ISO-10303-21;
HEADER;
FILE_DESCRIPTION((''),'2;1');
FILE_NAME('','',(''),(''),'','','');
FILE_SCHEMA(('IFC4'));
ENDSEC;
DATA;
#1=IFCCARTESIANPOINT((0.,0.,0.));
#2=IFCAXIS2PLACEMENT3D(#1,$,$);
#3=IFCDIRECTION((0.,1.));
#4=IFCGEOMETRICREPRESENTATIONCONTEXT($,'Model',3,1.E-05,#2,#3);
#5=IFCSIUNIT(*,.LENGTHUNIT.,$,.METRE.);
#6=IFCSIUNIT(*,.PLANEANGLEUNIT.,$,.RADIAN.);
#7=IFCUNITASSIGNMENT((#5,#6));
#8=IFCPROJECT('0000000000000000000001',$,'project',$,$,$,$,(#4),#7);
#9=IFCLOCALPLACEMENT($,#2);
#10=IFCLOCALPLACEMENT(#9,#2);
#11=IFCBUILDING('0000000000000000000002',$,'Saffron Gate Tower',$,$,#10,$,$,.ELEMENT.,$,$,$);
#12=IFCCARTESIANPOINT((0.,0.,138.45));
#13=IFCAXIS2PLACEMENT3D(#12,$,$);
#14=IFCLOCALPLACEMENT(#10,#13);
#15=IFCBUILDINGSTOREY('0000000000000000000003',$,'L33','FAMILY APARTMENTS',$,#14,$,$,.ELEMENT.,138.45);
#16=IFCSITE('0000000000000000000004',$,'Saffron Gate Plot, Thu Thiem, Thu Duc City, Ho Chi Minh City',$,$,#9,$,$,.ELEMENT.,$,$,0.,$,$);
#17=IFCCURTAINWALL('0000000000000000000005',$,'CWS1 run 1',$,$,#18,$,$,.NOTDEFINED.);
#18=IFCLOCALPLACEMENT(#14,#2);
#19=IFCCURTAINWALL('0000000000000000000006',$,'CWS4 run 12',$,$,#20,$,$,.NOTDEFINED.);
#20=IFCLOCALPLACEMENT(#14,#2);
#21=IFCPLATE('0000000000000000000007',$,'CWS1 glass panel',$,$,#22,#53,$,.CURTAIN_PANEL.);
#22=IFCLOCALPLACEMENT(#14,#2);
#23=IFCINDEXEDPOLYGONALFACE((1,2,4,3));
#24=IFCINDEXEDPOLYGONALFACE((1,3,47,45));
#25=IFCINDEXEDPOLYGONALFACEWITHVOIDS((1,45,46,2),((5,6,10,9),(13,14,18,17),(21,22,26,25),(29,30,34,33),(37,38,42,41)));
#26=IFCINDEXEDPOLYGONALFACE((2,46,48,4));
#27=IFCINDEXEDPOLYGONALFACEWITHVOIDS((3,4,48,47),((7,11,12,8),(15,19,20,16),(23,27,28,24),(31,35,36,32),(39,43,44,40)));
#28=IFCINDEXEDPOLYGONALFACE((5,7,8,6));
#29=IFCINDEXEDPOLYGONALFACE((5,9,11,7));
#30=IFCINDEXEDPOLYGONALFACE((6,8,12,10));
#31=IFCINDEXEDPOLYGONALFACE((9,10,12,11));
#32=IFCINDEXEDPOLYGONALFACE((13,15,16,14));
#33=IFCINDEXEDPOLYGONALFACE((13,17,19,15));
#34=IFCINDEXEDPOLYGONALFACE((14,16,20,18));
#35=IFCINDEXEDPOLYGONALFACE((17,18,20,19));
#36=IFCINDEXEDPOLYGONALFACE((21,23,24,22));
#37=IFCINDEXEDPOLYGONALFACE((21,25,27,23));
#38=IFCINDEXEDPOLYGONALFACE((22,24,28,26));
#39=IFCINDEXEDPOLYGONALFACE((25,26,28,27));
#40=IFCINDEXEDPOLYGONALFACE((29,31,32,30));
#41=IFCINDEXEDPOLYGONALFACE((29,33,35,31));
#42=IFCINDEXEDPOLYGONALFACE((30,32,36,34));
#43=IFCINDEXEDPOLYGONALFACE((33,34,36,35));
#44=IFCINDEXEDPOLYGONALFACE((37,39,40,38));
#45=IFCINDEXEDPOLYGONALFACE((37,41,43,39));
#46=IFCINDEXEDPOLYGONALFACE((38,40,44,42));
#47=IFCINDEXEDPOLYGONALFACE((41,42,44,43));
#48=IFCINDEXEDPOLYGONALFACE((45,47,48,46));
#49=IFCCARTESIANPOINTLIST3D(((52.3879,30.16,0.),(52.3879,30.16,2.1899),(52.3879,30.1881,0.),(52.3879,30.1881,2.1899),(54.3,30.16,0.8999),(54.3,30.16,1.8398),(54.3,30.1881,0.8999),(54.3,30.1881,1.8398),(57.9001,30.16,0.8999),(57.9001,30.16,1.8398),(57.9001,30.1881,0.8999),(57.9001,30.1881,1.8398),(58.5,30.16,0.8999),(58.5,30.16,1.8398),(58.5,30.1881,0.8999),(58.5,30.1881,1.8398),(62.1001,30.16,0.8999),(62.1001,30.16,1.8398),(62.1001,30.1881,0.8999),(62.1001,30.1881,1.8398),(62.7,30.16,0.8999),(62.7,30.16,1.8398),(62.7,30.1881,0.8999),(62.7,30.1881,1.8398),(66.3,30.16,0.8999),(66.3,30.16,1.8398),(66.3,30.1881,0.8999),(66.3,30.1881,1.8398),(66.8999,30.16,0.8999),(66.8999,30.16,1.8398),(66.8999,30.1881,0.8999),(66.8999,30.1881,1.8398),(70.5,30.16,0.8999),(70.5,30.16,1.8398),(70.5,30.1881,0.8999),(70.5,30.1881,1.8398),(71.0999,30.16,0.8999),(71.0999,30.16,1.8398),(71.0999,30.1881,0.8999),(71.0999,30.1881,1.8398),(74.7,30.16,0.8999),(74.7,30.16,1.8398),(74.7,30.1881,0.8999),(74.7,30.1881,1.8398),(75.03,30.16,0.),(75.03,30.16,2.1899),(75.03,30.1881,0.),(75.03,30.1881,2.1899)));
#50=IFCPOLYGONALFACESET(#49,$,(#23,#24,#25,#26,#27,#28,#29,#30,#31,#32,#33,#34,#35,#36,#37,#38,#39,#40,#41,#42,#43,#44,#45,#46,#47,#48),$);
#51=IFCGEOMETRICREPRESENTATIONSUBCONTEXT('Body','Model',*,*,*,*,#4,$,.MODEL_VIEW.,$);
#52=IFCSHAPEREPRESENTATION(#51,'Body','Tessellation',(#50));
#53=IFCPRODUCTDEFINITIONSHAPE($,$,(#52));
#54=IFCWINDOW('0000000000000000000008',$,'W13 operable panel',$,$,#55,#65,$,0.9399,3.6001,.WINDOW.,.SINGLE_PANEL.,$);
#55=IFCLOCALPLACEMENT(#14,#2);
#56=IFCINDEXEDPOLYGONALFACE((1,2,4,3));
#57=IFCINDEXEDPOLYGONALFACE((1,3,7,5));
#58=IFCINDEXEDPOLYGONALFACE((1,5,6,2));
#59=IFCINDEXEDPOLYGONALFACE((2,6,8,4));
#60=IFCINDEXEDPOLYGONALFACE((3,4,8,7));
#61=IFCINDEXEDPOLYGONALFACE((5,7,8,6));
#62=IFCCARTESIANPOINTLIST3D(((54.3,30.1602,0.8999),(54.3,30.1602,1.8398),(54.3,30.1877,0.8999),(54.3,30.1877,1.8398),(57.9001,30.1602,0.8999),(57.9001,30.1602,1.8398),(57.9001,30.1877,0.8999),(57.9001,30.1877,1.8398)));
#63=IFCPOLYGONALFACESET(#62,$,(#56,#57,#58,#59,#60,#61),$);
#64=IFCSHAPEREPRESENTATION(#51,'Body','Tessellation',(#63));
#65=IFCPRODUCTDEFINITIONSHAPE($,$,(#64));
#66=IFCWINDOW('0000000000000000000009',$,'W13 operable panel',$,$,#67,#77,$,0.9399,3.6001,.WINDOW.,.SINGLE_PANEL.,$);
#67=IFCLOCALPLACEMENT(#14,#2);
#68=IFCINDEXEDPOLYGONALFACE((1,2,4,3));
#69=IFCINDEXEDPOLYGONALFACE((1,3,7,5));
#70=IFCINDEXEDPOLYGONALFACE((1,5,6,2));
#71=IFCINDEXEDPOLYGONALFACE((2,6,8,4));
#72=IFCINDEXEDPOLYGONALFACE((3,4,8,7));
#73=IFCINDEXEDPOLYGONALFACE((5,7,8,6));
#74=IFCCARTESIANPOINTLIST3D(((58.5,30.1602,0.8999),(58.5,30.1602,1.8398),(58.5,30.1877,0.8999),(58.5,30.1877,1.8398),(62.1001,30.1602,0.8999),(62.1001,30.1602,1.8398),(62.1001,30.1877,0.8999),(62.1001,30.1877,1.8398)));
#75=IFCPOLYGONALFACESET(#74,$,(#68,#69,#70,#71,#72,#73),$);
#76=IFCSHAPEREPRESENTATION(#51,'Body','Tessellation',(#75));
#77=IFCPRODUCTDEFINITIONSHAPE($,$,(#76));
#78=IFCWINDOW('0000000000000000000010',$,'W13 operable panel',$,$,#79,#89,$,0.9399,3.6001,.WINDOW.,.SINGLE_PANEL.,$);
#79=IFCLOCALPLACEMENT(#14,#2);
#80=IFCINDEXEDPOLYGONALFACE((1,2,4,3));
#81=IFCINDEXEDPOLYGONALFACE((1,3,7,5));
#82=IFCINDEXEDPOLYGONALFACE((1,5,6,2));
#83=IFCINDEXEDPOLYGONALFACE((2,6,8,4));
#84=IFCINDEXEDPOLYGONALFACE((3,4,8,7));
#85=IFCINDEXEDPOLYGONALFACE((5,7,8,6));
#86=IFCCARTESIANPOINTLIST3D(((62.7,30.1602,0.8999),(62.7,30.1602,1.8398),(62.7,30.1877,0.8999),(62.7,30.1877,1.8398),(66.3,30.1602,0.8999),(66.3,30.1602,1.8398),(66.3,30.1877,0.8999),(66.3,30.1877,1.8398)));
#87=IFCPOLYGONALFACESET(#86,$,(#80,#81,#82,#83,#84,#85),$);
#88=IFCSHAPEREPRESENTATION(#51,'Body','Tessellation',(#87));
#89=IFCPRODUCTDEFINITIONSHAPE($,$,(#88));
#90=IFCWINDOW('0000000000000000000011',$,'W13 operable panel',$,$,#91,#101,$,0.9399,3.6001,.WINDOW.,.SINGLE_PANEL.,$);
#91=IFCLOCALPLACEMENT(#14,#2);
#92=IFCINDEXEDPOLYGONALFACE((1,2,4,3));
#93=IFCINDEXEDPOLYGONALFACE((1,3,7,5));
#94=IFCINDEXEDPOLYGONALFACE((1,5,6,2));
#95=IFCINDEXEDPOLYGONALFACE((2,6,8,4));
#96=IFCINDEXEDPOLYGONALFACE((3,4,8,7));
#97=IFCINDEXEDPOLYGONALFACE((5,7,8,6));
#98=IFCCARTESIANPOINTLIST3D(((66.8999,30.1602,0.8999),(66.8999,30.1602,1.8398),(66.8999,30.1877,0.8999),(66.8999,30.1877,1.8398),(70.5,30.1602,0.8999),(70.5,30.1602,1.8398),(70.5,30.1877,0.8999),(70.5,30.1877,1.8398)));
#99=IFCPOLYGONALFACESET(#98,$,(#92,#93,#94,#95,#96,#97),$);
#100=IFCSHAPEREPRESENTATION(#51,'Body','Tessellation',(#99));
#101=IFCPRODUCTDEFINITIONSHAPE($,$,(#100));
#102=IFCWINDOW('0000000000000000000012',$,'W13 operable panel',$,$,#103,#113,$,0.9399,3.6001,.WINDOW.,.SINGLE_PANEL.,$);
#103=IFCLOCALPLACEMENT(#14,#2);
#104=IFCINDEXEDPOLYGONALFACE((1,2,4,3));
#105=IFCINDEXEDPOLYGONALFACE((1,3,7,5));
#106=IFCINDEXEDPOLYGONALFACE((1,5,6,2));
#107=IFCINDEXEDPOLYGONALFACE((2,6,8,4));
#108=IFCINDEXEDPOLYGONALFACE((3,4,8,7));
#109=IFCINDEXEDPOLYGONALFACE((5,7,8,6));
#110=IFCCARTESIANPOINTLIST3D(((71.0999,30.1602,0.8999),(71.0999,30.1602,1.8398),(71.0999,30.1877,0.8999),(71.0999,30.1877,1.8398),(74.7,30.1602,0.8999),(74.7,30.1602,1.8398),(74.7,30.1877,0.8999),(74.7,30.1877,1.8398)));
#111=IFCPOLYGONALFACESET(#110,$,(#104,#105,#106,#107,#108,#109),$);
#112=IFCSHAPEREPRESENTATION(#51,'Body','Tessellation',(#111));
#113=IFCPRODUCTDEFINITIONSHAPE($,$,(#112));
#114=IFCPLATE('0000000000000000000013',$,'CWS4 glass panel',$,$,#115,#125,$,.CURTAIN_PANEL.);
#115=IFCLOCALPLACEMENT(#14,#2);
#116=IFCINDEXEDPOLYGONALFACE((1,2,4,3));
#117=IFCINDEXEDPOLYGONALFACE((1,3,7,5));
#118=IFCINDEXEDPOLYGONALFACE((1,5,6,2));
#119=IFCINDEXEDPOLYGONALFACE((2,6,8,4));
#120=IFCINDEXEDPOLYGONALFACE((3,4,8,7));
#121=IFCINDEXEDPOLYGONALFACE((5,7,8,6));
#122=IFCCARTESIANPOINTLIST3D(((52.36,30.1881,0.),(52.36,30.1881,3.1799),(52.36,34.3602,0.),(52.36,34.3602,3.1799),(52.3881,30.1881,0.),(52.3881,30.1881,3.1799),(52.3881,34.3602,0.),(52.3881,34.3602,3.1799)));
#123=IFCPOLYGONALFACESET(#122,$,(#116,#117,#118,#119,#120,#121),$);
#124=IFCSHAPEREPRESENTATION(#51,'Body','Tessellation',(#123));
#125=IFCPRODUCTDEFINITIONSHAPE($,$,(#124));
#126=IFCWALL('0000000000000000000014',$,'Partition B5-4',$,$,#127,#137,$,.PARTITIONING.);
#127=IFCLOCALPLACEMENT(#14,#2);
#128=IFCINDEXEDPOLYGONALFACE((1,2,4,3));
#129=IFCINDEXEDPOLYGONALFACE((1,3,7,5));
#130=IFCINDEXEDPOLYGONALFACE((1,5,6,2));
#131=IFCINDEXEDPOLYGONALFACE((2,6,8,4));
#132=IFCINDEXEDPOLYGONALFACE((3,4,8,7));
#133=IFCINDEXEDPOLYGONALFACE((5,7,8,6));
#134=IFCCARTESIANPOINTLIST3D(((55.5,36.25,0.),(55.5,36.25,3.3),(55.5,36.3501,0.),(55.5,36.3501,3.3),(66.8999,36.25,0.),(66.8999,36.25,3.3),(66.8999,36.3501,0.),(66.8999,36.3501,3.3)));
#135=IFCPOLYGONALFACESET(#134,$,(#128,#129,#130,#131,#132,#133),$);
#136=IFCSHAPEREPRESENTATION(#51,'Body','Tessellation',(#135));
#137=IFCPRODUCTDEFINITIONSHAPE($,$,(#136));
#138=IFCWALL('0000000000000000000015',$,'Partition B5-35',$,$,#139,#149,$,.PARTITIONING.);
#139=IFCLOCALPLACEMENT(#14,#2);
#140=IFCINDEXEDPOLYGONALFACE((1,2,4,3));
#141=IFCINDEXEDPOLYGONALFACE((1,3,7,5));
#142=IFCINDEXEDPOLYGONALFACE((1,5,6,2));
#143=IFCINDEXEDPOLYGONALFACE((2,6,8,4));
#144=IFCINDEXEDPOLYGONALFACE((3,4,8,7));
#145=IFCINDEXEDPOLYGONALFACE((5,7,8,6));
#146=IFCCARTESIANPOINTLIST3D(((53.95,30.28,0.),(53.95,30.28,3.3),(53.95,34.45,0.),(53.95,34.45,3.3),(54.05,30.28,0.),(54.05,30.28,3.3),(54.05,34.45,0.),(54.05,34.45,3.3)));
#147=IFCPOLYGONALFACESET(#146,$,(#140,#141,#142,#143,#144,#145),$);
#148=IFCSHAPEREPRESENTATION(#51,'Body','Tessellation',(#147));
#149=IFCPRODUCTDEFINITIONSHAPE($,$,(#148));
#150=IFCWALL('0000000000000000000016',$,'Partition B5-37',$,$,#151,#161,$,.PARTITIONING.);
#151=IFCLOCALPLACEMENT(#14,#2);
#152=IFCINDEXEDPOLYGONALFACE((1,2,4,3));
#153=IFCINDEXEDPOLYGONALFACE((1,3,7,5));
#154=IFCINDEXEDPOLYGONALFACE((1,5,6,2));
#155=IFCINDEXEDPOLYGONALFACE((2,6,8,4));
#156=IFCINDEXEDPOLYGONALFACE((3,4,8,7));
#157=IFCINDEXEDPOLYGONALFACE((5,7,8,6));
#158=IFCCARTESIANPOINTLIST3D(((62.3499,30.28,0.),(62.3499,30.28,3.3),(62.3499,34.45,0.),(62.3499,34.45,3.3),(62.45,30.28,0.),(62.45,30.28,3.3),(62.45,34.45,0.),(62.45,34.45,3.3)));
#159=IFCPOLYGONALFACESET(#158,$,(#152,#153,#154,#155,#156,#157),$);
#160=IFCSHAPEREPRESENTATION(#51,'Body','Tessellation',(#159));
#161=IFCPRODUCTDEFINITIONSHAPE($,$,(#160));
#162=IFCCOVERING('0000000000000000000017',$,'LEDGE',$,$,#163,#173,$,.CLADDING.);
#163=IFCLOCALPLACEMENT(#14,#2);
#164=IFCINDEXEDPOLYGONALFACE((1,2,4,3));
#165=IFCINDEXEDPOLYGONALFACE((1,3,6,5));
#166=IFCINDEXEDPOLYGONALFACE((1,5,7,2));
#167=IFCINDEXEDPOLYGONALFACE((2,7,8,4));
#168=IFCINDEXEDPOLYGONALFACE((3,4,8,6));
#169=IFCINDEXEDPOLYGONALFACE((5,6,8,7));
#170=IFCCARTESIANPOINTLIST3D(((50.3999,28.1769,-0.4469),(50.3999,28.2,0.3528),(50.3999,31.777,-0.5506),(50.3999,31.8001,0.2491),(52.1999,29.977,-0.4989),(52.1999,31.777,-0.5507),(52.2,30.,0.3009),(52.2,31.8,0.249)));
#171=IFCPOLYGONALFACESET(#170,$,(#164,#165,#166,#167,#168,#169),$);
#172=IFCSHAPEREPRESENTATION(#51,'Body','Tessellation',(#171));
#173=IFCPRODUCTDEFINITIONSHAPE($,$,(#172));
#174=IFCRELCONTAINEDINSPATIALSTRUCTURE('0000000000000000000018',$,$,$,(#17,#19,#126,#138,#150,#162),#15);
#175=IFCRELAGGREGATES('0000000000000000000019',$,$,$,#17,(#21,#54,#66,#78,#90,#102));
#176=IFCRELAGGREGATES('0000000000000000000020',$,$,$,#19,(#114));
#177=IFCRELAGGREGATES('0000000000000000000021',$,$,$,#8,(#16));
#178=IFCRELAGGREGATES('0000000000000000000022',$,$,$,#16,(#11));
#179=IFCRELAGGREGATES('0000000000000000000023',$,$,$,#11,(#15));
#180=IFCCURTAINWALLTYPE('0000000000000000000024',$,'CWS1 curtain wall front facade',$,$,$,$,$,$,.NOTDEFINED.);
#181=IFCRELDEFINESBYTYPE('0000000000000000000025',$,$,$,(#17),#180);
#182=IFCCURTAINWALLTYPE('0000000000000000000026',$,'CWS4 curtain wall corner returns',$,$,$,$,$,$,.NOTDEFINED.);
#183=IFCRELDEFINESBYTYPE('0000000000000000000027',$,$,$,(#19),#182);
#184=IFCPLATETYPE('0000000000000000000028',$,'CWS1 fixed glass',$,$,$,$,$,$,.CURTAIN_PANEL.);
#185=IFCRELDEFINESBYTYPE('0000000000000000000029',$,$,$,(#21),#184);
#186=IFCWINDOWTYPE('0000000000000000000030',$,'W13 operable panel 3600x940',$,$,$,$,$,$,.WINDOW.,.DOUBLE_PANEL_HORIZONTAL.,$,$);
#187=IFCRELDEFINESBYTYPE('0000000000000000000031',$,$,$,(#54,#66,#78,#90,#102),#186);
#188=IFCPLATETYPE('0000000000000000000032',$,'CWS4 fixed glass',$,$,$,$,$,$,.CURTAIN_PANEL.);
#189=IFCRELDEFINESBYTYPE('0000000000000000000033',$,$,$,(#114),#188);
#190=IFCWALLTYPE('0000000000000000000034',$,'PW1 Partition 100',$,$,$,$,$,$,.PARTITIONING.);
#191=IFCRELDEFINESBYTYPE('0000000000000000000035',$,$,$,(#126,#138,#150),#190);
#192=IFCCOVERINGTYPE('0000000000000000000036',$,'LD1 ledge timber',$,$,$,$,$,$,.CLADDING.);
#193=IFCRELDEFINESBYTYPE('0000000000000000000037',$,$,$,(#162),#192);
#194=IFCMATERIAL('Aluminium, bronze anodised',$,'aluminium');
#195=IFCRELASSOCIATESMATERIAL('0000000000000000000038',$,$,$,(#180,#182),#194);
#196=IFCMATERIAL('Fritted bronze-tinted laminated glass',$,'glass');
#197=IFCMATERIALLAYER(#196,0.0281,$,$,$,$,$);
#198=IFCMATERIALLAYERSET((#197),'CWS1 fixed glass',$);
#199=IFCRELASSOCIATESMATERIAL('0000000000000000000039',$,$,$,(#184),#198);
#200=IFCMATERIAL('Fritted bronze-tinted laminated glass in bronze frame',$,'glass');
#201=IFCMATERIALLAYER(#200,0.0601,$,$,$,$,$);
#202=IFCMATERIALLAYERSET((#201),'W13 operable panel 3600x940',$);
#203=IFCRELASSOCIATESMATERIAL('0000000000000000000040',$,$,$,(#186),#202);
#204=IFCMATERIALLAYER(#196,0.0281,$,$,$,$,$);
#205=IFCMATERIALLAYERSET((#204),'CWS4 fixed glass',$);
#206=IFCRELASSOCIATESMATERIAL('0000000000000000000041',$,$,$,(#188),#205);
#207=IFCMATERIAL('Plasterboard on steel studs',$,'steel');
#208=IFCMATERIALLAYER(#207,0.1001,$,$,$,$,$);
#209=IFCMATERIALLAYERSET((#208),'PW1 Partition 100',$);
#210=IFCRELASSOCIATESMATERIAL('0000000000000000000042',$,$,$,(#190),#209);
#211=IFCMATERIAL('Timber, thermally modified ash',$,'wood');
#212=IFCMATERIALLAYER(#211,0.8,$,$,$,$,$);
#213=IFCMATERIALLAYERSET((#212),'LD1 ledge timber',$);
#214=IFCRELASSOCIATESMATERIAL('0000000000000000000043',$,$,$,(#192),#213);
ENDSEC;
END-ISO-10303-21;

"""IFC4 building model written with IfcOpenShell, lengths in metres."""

from ifc_helpers import new_model, si_unit, direction, frame, frame_2d, origin, place, context, subcontext, project, spatial, polyline, rectangle, outline, extrude, material, layer, layer_set, type_object, element, fill, aggregate, save


model = new_model("IFC4")

# Units and contexts
model_context = context("Model", 3, precision=1e-05, world=origin(), true_north=direction((0.0, 1.0)))
body_context = subcontext(model_context, "Body", "Model", "MODEL_VIEW")
ifc_project = project(units=[si_unit("LENGTHUNIT", "METRE"), si_unit("PLANEANGLEUNIT", "RADIAN")], contexts=[model_context])

# Site, building, storey
site_placement = place(None, origin())
site = spatial("IfcSite", under=ifc_project, at=site_placement, Name="Saffron Gate Plot, Thu Thiem, Thu Duc City, Ho Chi Minh City", CompositionType="ELEMENT", RefElevation=0.0)
building_placement = place(site_placement, origin())
building = spatial("IfcBuilding", under=site, at=building_placement, Name="Saffron Gate Tower", CompositionType="ELEMENT")
storey_placement = place(building_placement, frame((0.0, 0.0, 138.45)))
storey = spatial("IfcBuildingStorey", under=building, at=storey_placement, Name="L33", Description="FAMILY APARTMENTS", CompositionType="ELEMENT", Elevation=138.45)

# Curtain walls
ifc_material_1 = material(Name="Aluminium, bronze anodised", Category="aluminium")
curtain_wall_type_1 = type_object("IfcCurtainWallType", Name="CWS1 curtain wall front facade", PredefinedType="NOTDEFINED", material=ifc_material_1)
curtain_wall_1_placement = place(storey_placement, origin())
curtain_wall_1 = element("IfcCurtainWall", 1, at=curtain_wall_1_placement, inside=storey, type_object=curtain_wall_type_1, Name="CWS1 run 1", PredefinedType="NOTDEFINED")
curtain_wall_type_2 = type_object("IfcCurtainWallType", Name="CWS4 curtain wall corner returns", PredefinedType="NOTDEFINED", material=ifc_material_1)
curtain_wall_2_placement = place(storey_placement, origin())
curtain_wall_2 = element("IfcCurtainWall", 2, at=curtain_wall_2_placement, inside=storey, type_object=curtain_wall_type_2, Name="CWS4 run 12", PredefinedType="NOTDEFINED")

# Plate, openings, windows
ifc_material_2 = material(Name="Fritted bronze-tinted laminated glass", Category="glass")
ifc_layer_1 = layer(ifc_material_2, 0.0281)
ifc_layer_set_1 = layer_set([ifc_layer_1], Name="CWS1 fixed glass")
plate_type_1 = type_object("IfcPlateType", Name="CWS1 fixed glass", PredefinedType="CURTAIN_PANEL", material=ifc_layer_set_1)
plate_1_placement = place(storey_placement, frame((52.3879, 30.1741, 0.0), z_axis=(0.0, 0.0, 1.0), x_axis=(1.0, 0.0, 0.0)))
plate_1 = element("IfcPlate", 3, at=plate_1_placement, type_object=plate_type_1, Name="CWS1 glass panel", PredefinedType="CURTAIN_PANEL", context=body_context, shape_type="SweptSolid", body=[
    extrude(rectangle(XDim=22.6421, YDim=0.0281, at=frame_2d((11.321, 0.0))), origin(), (0.0, 0.0, 1.0), 2.1899),
])
opening_1_placement = place(plate_1_placement, frame((1.9121, 0.0, 0.8999)))
opening_1 = element("IfcOpeningElement", 4, at=opening_1_placement, cuts=plate_1, PredefinedType="OPENING", context=body_context, shape_type="SweptSolid", body=[
    extrude(rectangle(XDim=3.6001, YDim=0.9399, at=frame_2d((1.8, 0.47))), frame((0.0, 0.0239, 0.0), z_axis=(0.0, -1.0, 0.0), x_axis=(1.0, 0.0, 0.0)), (0.0, 0.0, 1.0), 0.0481),
])
opening_2_placement = place(plate_1_placement, frame((6.1121, 0.0, 0.8999)))
opening_2 = element("IfcOpeningElement", 5, at=opening_2_placement, cuts=plate_1, PredefinedType="OPENING", context=body_context, shape_type="SweptSolid", body=[
    extrude(rectangle(XDim=3.6001, YDim=0.9399, at=frame_2d((1.8, 0.47))), frame((0.0, 0.0239, 0.0), z_axis=(0.0, -1.0, 0.0), x_axis=(1.0, 0.0, 0.0)), (0.0, 0.0, 1.0), 0.0481),
])
opening_3_placement = place(plate_1_placement, frame((10.312, 0.0, 0.8999)))
opening_3 = element("IfcOpeningElement", 6, at=opening_3_placement, cuts=plate_1, PredefinedType="OPENING", context=body_context, shape_type="SweptSolid", body=[
    extrude(rectangle(XDim=3.6001, YDim=0.9399, at=frame_2d((1.8, 0.47))), frame((0.0, 0.0239, 0.0), z_axis=(0.0, -1.0, 0.0), x_axis=(1.0, 0.0, 0.0)), (0.0, 0.0, 1.0), 0.0481),
])
opening_4_placement = place(plate_1_placement, frame((14.512, 0.0, 0.8999)))
opening_4 = element("IfcOpeningElement", 7, at=opening_4_placement, cuts=plate_1, PredefinedType="OPENING", context=body_context, shape_type="SweptSolid", body=[
    extrude(rectangle(XDim=3.6001, YDim=0.9399, at=frame_2d((1.8, 0.47))), frame((0.0, 0.0239, 0.0), z_axis=(0.0, -1.0, 0.0), x_axis=(1.0, 0.0, 0.0)), (0.0, 0.0, 1.0), 0.0481),
])
opening_5_placement = place(plate_1_placement, frame((18.7119, 0.0, 0.8999)))
opening_5 = element("IfcOpeningElement", 8, at=opening_5_placement, cuts=plate_1, PredefinedType="OPENING", context=body_context, shape_type="SweptSolid", body=[
    extrude(rectangle(XDim=3.6001, YDim=0.9399, at=frame_2d((1.8, 0.47))), frame((0.0, 0.0239, 0.0), z_axis=(0.0, -1.0, 0.0), x_axis=(1.0, 0.0, 0.0)), (0.0, 0.0, 1.0), 0.0481),
])
ifc_material_3 = material(Name="Fritted bronze-tinted laminated glass in bronze frame", Category="glass")
ifc_layer_2 = layer(ifc_material_3, 0.0601)
ifc_layer_set_2 = layer_set([ifc_layer_2], Name="W13 operable panel 3600x940")
window_type = type_object("IfcWindowType", Name="W13 operable panel 3600x940", PartitioningType="DOUBLE_PANEL_HORIZONTAL", PredefinedType="WINDOW", material=ifc_layer_set_2)
window_1_placement = place(opening_1_placement, origin())
window_1 = element("IfcWindow", 9, at=window_1_placement, type_object=window_type, Name="W13 operable panel", OverallHeight=0.9399, OverallWidth=3.6001, PartitioningType="SINGLE_PANEL", PredefinedType="WINDOW", context=body_context, shape_type="SweptSolid", body=[
    extrude(rectangle(XDim=3.6001, YDim=0.9399, at=frame_2d((1.8, 0.47))), frame((0.0, 0.0137, 0.0), z_axis=(0.0, -1.0, 0.0), x_axis=(1.0, 0.0, 0.0)), (0.0, 0.0, 1.0), 0.0276),
])
fill(opening_1, window_1)
window_2_placement = place(opening_2_placement, origin())
window_2 = element("IfcWindow", 10, at=window_2_placement, type_object=window_type, Name="W13 operable panel", OverallHeight=0.9399, OverallWidth=3.6001, PartitioningType="SINGLE_PANEL", PredefinedType="WINDOW", context=body_context, shape_type="SweptSolid", body=[
    extrude(rectangle(XDim=3.6001, YDim=0.9399, at=frame_2d((1.8, 0.47))), frame((0.0, 0.0137, 0.0), z_axis=(0.0, -1.0, 0.0), x_axis=(1.0, 0.0, 0.0)), (0.0, 0.0, 1.0), 0.0276),
])
fill(opening_2, window_2)
window_3_placement = place(opening_3_placement, origin())
window_3 = element("IfcWindow", 11, at=window_3_placement, type_object=window_type, Name="W13 operable panel", OverallHeight=0.9399, OverallWidth=3.6001, PartitioningType="SINGLE_PANEL", PredefinedType="WINDOW", context=body_context, shape_type="SweptSolid", body=[
    extrude(rectangle(XDim=3.6001, YDim=0.9399, at=frame_2d((1.8, 0.47))), frame((0.0, 0.0137, 0.0), z_axis=(0.0, -1.0, 0.0), x_axis=(1.0, 0.0, 0.0)), (0.0, 0.0, 1.0), 0.0276),
])
fill(opening_3, window_3)
window_4_placement = place(opening_4_placement, origin())
window_4 = element("IfcWindow", 12, at=window_4_placement, type_object=window_type, Name="W13 operable panel", OverallHeight=0.9399, OverallWidth=3.6001, PartitioningType="SINGLE_PANEL", PredefinedType="WINDOW", context=body_context, shape_type="SweptSolid", body=[
    extrude(rectangle(XDim=3.6001, YDim=0.9399, at=frame_2d((1.8, 0.47))), frame((0.0, 0.0137, 0.0), z_axis=(0.0, -1.0, 0.0), x_axis=(1.0, 0.0, 0.0)), (0.0, 0.0, 1.0), 0.0276),
])
fill(opening_4, window_4)
window_5_placement = place(opening_5_placement, origin())
window_5 = element("IfcWindow", 13, at=window_5_placement, type_object=window_type, Name="W13 operable panel", OverallHeight=0.9399, OverallWidth=3.6001, PartitioningType="SINGLE_PANEL", PredefinedType="WINDOW", context=body_context, shape_type="SweptSolid", body=[
    extrude(rectangle(XDim=3.6001, YDim=0.9399, at=frame_2d((1.8, 0.47))), frame((0.0, 0.0137, 0.0), z_axis=(0.0, -1.0, 0.0), x_axis=(1.0, 0.0, 0.0)), (0.0, 0.0, 1.0), 0.0276),
])
fill(opening_5, window_5)
aggregate(curtain_wall_1, [plate_1, window_1, window_2, window_3, window_4, window_5])

# Plate
ifc_layer_3 = layer(ifc_material_2, 0.0281)
ifc_layer_set_3 = layer_set([ifc_layer_3], Name="CWS4 fixed glass")
plate_type_2 = type_object("IfcPlateType", Name="CWS4 fixed glass", PredefinedType="CURTAIN_PANEL", material=ifc_layer_set_3)
plate_2_placement = place(storey_placement, frame((52.374, 34.3601, 0.0), z_axis=(0.0, 0.0, 1.0), x_axis=(0.0, -1.0, 0.0)))
plate_2 = element("IfcPlate", 14, at=plate_2_placement, type_object=plate_type_2, Name="CWS4 glass panel", PredefinedType="CURTAIN_PANEL", context=body_context, shape_type="SweptSolid", body=[
    extrude(rectangle(XDim=4.1721, YDim=0.0281, at=frame_2d((2.0859, 0.0))), origin(), (0.0, 0.0, 1.0), 3.1799),
])
aggregate(curtain_wall_2, [plate_2])

# Walls
ifc_material_4 = material(Name="Plasterboard on steel studs", Category="steel")
ifc_layer_4 = layer(ifc_material_4, 0.1001)
ifc_layer_set_4 = layer_set([ifc_layer_4], Name="PW1 Partition 100")
wall_type = type_object("IfcWallType", Name="PW1 Partition 100", PredefinedType="PARTITIONING", material=ifc_layer_set_4)
wall_placement = place(storey_placement, frame((55.5, 36.3, 0.0), z_axis=(0.0, 0.0, 1.0), x_axis=(1.0, 0.0, 0.0)))
element("IfcWall", 15, at=wall_placement, inside=storey, type_object=wall_type, Name="Partition B5-4", PredefinedType="PARTITIONING", context=body_context, shape_type="SweptSolid", body=[
    extrude(rectangle(XDim=11.3999, YDim=0.1001, at=frame_2d((5.7, 0.0))), origin(), (0.0, 0.0, 1.0), 3.3),
])
for number, where, z_axis, x_axis, name in (
    (16, (54.0, 34.45, 0.0), (0.0, 0.0, 1.0), (0.0, -1.0, 0.0), "Partition B5-35"),
    (17, (62.3999, 34.45, 0.0), (0.0, 0.0, 1.0), (0.0, -1.0, 0.0), "Partition B5-37"),
):
    element("IfcWall", number, at=place(storey_placement, frame(where, z_axis=z_axis, x_axis=x_axis)), inside=storey, type_object=wall_type, Name=name, PredefinedType="PARTITIONING", context=body_context, shape_type="SweptSolid", body=[
        extrude(rectangle(XDim=4.1699, YDim=0.1001, at=frame_2d((2.085, 0.0))), origin(), (0.0, 0.0, 1.0), 3.3),
    ])

# Covering
ifc_material_5 = material(Name="Timber, thermally modified ash", Category="wood")
ifc_layer_5 = layer(ifc_material_5, 0.8)
ifc_layer_set_5 = layer_set([ifc_layer_5], Name="LD1 ledge timber")
covering_type_1 = type_object("IfcCoveringType", Name="LD1 ledge timber", PredefinedType="CLADDING", material=ifc_layer_set_5)
covering_1_placement = place(storey_placement, frame((52.2, 31.8, 0.249), z_axis=(0.000045, 0.028787, 0.999586), x_axis=(0.0, -0.999586, 0.028787)))
element("IfcCovering", 18, at=covering_1_placement, inside=storey, type_object=covering_type_1, Name="LEDGE", PredefinedType="CLADDING", context=body_context, shape_type="SweptSolid", body=[
    extrude(outline(polyline([(0.0, 0.0), (1.8008, 0.0), (3.6016, -1.8), (0.0, -1.8), (0.0, 0.0)])), origin(), (0.0, 0.0, -1.0), 0.8),
])

save(model, "model.ifc")
